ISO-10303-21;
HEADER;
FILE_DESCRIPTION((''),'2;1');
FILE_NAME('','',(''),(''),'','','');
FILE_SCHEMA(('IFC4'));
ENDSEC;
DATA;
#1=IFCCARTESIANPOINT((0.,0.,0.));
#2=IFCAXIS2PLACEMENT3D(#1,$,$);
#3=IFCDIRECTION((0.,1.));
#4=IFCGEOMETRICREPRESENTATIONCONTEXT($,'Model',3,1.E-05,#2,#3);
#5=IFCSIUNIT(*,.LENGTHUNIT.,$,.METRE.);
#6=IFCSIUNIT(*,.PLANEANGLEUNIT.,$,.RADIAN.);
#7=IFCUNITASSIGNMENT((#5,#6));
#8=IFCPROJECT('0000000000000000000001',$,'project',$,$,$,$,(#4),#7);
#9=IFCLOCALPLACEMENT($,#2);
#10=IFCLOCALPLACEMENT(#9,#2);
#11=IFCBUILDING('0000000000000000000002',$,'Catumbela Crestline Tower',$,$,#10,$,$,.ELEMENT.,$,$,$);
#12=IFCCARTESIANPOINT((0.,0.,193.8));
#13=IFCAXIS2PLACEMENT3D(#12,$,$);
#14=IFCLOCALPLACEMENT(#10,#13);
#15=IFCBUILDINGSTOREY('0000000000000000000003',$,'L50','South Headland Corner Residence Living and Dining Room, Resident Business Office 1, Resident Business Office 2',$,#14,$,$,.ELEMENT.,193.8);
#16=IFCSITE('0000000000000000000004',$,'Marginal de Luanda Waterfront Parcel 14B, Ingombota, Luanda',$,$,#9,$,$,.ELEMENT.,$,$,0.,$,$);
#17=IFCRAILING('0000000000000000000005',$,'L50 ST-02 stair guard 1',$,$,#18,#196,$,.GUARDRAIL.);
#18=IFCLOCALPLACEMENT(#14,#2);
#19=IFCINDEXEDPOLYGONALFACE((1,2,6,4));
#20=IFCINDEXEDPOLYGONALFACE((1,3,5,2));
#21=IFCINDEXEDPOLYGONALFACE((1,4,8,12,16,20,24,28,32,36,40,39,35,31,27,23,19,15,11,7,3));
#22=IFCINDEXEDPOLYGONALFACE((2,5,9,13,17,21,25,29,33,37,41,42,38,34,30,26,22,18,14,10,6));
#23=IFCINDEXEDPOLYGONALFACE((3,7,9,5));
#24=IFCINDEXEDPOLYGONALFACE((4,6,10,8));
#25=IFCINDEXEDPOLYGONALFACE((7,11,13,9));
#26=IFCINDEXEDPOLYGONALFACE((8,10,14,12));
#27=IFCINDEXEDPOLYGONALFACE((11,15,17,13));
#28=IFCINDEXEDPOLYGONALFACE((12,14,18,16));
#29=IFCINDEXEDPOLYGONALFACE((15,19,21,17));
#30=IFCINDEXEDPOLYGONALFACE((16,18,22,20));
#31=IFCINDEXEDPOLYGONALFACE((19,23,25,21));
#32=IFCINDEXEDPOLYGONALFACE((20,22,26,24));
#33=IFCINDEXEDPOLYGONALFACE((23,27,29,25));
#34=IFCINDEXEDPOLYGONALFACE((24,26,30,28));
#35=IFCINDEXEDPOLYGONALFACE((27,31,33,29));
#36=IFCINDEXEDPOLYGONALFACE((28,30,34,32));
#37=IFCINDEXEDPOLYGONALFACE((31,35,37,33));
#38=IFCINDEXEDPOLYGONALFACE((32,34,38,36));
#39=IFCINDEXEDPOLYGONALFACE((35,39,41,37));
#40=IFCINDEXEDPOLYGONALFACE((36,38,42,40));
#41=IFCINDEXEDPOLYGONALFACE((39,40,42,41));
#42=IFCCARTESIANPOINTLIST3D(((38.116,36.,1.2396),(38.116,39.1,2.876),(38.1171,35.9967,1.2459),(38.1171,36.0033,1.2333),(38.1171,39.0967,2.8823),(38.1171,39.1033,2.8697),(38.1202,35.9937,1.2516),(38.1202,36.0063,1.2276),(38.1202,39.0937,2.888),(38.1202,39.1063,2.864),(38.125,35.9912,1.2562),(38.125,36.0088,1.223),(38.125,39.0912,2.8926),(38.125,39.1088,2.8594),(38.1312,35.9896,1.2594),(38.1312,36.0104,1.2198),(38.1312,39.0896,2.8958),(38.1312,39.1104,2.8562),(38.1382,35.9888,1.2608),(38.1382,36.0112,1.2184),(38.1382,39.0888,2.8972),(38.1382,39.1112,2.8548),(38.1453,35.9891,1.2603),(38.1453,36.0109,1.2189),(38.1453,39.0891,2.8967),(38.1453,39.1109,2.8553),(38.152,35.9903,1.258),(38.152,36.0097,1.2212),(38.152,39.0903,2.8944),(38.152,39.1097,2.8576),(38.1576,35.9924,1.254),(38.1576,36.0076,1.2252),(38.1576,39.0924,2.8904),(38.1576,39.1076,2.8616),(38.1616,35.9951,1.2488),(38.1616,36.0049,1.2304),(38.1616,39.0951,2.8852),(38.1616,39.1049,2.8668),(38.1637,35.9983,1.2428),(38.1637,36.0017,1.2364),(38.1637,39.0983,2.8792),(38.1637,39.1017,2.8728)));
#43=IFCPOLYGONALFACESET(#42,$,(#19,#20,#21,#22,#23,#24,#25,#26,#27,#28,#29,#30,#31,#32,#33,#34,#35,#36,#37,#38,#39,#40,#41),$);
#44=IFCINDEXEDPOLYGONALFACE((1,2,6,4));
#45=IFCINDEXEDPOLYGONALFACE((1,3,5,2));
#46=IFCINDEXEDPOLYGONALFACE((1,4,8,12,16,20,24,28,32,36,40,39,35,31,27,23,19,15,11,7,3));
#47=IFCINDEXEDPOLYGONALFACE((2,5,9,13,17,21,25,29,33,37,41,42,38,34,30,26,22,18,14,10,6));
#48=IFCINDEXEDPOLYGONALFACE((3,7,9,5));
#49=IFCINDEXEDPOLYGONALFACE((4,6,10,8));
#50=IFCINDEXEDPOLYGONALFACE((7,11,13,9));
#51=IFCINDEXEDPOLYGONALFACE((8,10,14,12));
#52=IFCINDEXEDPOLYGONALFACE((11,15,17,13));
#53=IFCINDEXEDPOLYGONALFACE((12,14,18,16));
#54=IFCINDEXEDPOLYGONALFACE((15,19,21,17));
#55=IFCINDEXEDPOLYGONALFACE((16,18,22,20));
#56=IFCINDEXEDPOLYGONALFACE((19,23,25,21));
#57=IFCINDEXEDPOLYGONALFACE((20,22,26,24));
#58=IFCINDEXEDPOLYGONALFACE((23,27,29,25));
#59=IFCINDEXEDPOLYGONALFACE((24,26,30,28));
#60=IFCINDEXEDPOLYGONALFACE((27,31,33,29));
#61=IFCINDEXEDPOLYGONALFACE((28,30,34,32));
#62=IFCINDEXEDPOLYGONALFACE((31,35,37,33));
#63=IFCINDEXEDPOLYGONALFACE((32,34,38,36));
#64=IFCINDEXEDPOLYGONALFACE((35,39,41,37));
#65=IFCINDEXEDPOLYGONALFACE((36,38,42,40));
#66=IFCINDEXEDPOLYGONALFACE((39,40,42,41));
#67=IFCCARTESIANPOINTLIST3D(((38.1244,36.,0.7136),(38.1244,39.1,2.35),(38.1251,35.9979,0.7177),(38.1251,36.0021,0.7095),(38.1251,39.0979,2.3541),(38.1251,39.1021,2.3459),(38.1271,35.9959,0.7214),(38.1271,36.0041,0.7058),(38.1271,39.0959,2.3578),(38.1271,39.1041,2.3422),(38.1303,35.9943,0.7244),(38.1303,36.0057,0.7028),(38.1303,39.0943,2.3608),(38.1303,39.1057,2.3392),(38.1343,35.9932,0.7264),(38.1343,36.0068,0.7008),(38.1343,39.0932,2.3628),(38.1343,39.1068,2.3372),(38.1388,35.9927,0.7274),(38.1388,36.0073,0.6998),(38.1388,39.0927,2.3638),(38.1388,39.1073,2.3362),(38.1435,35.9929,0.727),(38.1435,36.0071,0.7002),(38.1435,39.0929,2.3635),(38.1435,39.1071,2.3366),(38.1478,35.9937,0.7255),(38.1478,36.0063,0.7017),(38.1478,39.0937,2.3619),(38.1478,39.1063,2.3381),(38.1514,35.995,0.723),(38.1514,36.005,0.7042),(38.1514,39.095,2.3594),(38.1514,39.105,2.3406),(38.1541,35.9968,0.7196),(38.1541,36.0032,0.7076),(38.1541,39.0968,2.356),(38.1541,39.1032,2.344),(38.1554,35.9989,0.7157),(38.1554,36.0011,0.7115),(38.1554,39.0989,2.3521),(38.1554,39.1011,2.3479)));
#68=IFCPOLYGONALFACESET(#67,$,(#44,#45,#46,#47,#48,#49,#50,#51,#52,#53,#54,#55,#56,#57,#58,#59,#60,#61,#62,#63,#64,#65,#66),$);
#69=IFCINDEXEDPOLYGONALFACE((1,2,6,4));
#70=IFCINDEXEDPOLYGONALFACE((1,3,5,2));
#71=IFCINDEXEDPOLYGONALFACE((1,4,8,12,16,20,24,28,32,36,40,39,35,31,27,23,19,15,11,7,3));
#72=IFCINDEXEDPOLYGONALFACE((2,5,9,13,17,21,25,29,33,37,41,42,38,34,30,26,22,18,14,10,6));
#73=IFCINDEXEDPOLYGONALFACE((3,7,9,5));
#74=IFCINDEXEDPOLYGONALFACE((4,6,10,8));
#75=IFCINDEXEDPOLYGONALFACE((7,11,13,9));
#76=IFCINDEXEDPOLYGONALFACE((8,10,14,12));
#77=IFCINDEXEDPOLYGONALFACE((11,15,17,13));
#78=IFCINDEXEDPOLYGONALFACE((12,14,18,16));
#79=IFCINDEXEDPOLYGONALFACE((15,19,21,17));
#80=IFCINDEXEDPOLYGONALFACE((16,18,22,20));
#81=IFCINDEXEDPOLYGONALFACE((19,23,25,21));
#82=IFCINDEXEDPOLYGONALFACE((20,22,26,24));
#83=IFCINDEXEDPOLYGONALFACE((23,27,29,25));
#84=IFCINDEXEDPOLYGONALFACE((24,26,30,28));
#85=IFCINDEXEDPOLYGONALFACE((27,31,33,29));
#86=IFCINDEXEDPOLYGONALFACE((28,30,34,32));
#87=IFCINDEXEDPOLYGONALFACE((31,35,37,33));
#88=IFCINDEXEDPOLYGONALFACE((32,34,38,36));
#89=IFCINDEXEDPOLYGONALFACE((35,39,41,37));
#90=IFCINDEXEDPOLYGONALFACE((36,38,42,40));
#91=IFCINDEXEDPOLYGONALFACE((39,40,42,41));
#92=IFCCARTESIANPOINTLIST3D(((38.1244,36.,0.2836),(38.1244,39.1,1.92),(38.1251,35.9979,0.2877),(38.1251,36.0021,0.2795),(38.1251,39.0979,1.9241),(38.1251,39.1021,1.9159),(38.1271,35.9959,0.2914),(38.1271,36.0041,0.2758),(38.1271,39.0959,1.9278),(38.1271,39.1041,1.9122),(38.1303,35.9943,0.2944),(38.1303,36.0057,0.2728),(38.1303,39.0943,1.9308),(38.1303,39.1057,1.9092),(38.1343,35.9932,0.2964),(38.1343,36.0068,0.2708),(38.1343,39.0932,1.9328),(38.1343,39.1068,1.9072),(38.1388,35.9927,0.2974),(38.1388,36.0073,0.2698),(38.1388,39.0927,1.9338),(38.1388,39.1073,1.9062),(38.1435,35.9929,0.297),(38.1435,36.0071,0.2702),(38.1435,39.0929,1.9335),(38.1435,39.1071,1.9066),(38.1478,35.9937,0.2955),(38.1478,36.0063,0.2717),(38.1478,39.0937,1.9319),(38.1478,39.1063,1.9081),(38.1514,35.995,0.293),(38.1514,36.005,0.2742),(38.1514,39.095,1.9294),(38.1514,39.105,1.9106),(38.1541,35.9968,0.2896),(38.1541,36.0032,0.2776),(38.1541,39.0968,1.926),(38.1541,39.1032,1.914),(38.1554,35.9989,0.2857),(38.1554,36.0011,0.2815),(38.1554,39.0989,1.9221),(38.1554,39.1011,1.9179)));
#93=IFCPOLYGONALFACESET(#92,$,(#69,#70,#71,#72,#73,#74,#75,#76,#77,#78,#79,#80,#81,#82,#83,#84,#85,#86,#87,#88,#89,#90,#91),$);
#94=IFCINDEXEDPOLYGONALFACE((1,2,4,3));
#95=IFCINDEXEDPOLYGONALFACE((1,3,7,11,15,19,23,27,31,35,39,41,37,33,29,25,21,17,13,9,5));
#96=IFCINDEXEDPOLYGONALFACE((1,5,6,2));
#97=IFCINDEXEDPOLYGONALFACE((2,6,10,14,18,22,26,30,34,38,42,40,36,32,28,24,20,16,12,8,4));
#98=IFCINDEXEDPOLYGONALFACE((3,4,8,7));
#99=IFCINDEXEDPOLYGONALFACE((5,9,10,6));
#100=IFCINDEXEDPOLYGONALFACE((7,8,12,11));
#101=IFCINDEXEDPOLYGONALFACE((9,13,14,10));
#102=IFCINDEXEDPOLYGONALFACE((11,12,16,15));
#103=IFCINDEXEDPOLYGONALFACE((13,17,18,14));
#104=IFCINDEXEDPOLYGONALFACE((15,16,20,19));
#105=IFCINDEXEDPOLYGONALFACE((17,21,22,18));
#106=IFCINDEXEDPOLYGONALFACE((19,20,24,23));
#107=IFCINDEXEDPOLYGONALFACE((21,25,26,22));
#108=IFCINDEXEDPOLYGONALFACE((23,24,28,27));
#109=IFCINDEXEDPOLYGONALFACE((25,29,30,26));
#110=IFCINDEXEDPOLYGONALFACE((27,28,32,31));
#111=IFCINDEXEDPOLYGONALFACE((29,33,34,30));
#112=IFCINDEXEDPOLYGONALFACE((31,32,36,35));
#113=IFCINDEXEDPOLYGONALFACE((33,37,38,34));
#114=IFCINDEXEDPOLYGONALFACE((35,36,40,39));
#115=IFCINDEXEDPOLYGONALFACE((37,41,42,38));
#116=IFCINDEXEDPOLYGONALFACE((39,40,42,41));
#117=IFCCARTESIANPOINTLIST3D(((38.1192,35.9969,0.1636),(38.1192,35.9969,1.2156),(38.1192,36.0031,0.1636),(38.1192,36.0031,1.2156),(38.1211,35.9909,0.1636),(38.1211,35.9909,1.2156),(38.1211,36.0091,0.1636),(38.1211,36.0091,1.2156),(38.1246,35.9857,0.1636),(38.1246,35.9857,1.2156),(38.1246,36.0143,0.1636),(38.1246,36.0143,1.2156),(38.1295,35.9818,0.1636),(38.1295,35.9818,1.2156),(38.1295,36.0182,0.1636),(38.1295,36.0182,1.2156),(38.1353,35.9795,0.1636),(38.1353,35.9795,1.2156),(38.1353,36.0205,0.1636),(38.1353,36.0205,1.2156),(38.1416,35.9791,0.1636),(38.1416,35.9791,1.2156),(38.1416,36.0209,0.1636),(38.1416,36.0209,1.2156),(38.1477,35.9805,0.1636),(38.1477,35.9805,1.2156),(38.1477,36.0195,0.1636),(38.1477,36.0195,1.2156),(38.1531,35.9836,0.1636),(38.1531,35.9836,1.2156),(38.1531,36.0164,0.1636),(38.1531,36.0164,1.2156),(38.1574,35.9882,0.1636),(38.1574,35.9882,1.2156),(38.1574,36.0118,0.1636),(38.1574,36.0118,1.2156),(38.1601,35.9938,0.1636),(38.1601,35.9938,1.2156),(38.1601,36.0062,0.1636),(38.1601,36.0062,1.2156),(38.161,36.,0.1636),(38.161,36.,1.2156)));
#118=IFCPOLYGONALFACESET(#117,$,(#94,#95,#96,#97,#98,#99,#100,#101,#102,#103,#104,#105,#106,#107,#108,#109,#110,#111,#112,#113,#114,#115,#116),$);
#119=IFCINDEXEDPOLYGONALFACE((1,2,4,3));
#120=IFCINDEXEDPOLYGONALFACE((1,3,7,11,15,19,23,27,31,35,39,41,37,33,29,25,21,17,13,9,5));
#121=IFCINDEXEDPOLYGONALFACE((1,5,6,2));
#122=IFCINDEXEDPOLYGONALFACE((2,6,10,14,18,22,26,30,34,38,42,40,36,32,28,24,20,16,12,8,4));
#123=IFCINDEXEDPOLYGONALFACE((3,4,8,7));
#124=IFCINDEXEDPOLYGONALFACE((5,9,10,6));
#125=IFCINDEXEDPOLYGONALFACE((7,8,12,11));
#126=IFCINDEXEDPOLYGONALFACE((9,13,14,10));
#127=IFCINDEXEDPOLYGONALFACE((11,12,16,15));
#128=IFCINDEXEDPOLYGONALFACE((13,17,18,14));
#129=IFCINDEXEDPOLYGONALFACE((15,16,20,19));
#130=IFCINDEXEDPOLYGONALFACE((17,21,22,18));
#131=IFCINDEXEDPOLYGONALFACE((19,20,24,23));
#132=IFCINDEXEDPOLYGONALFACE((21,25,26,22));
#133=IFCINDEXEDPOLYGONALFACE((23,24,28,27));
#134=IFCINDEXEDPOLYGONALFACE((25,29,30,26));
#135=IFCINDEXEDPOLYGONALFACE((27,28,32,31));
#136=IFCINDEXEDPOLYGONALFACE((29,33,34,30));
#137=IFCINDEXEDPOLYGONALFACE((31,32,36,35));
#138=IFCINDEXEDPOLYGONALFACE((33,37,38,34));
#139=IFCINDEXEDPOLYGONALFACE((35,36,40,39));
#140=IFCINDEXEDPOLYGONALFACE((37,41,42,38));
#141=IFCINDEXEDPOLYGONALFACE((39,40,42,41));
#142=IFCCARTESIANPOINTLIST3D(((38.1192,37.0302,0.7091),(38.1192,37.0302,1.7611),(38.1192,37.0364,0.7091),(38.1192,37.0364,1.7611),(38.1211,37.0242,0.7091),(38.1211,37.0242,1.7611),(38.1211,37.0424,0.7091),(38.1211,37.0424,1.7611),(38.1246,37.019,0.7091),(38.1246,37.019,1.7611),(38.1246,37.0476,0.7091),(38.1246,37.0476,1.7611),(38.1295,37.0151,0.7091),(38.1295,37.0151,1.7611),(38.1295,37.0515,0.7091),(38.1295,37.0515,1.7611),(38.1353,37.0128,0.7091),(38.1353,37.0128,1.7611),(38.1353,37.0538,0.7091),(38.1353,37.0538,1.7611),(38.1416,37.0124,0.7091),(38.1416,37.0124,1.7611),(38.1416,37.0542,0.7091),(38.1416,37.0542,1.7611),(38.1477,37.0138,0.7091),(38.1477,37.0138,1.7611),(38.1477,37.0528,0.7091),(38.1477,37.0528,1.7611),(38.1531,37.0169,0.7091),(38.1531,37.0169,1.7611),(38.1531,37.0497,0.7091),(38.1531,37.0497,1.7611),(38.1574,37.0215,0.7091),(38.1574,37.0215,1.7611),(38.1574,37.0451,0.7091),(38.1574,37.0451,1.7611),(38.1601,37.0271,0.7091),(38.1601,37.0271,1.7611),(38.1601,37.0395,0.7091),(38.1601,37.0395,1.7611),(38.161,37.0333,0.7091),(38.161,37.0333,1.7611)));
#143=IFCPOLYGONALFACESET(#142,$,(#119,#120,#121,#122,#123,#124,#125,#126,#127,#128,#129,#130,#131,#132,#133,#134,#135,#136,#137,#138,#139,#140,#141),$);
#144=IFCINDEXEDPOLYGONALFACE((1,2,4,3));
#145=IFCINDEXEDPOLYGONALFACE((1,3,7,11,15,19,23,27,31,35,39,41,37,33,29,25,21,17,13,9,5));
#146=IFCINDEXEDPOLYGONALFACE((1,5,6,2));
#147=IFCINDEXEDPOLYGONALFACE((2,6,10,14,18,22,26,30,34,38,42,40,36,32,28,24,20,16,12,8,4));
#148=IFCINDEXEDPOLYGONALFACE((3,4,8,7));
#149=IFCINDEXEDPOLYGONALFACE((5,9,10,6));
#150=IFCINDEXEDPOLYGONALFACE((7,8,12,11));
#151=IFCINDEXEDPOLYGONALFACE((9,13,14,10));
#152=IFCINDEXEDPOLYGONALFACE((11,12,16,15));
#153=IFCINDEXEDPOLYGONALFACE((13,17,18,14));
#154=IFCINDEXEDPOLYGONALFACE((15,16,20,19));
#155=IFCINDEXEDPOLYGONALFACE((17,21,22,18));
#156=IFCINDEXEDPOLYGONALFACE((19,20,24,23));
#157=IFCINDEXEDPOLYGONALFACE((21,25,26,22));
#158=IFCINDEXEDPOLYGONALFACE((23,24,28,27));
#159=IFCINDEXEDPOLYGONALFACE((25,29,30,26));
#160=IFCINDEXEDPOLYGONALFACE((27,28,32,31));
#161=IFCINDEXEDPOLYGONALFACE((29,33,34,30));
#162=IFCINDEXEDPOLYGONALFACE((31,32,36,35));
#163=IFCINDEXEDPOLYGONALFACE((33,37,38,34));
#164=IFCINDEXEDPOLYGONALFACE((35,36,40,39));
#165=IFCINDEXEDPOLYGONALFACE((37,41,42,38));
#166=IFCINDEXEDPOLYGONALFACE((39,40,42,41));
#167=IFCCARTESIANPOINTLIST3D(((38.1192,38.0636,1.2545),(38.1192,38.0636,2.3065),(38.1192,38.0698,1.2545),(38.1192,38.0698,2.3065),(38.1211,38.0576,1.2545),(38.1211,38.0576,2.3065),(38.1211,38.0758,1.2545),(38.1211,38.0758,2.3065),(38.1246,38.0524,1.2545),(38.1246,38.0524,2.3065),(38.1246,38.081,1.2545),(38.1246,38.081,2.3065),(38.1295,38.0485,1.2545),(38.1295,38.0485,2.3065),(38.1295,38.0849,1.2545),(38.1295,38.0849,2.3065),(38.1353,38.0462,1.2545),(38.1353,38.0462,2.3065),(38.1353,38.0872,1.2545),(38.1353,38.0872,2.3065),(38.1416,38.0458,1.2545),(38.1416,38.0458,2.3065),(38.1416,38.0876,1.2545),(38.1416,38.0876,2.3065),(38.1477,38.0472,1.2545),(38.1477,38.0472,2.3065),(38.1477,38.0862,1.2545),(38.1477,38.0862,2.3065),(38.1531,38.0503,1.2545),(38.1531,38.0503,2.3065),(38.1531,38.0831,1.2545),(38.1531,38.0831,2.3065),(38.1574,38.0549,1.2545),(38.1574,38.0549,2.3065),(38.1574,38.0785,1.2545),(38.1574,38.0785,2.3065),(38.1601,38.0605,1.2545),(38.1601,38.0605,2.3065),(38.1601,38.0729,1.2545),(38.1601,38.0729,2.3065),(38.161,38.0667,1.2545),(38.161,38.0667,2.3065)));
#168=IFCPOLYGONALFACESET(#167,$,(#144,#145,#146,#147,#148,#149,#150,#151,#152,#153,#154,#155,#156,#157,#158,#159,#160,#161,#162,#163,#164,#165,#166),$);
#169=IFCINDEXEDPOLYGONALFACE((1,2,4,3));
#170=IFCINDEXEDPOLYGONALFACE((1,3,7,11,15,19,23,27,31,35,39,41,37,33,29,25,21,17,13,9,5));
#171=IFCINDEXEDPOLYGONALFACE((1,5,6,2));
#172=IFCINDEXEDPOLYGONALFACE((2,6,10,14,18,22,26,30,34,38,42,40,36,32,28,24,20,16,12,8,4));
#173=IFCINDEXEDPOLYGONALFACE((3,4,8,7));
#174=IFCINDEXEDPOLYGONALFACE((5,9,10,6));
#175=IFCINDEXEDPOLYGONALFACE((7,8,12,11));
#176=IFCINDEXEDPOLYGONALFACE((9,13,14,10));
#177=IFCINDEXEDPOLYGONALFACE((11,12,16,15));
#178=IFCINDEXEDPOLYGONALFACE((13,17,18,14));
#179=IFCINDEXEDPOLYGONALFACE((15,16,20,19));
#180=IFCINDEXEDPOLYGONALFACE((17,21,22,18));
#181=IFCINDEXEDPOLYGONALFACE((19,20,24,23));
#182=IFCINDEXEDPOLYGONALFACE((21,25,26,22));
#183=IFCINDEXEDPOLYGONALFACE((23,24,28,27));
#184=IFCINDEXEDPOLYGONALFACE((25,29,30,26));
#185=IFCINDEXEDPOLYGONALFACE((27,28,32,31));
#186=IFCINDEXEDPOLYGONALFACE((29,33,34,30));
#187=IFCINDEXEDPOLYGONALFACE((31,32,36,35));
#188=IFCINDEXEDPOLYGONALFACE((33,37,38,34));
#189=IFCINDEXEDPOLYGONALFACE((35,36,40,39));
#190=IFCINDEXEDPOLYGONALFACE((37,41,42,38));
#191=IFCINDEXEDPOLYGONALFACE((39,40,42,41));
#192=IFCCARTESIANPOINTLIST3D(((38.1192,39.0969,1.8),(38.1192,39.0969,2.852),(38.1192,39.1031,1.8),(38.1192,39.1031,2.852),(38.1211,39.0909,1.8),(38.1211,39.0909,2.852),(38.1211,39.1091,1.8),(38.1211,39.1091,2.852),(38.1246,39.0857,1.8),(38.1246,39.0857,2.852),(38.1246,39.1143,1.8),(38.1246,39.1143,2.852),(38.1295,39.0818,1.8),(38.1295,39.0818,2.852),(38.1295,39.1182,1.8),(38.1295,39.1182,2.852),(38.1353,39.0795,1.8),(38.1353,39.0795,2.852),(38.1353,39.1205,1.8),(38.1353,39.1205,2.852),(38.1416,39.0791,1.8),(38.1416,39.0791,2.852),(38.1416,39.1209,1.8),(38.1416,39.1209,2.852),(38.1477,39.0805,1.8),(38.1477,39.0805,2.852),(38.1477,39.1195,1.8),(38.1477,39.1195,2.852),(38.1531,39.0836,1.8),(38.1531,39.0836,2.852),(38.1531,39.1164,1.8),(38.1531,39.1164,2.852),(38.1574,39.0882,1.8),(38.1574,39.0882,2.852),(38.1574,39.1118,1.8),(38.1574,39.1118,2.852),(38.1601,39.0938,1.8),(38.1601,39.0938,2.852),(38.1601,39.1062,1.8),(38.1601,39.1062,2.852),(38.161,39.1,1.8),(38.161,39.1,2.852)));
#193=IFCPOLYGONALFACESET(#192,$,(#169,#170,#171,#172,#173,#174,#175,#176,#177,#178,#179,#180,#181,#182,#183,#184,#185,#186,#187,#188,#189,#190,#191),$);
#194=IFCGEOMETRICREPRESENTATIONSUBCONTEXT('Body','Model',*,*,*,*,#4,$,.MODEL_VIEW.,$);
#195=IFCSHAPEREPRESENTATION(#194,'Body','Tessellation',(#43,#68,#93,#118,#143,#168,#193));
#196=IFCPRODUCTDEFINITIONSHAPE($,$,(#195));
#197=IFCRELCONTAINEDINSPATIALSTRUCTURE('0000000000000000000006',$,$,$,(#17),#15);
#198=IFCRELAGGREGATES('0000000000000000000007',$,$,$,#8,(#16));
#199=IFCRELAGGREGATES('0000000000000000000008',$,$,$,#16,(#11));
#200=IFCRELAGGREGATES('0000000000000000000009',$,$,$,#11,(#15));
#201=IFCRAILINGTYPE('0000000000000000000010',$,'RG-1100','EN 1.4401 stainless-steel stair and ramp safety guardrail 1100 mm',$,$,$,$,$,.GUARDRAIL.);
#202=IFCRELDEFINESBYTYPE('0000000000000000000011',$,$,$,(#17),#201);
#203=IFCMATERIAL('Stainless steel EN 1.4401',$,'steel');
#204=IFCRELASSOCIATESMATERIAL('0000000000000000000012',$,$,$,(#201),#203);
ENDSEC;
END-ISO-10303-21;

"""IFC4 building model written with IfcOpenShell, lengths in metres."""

from ifc_helpers import new_model, si_unit, direction, frame, origin, origin_2d, place, context, subcontext, project, spatial, circle, extrude, material, type_object, element, save


model = new_model("IFC4")

# Units and contexts
model_context = context("Model", 3, precision=1e-05, world=origin(), true_north=direction((0.0, 1.0)))
body_context = subcontext(model_context, "Body", "Model", "MODEL_VIEW")
ifc_project = project(units=[si_unit("LENGTHUNIT", "METRE"), si_unit("PLANEANGLEUNIT", "RADIAN")], contexts=[model_context])

# Site, building, storey
site_placement = place(None, origin())
site = spatial("IfcSite", under=ifc_project, at=site_placement, Name="Marginal de Luanda Waterfront Parcel 14B, Ingombota, Luanda", CompositionType="ELEMENT", RefElevation=0.0)
building_placement = place(site_placement, origin())
building = spatial("IfcBuilding", under=site, at=building_placement, Name="Catumbela Crestline Tower", CompositionType="ELEMENT")
storey_placement = place(building_placement, frame((0.0, 0.0, 193.8)))
storey = spatial("IfcBuildingStorey", under=building, at=storey_placement, Name="L50", Description="South Headland Corner Residence Living and Dining Room, Resident Business Office 1, Resident Business Office 2", CompositionType="ELEMENT", Elevation=193.8)

# Shared definitions
ifc_material_1 = material(Name="Stainless steel EN 1.4401", Category="steel")

# Railing
railing_type_1 = type_object("IfcRailingType", Name="RG-1100", Description="EN 1.4401 stainless-steel stair and ramp safety guardrail 1100 mm", PredefinedType="GUARDRAIL", material=ifc_material_1)
railing_1_placement = place(storey_placement, frame((38.14, 36.0, 0.1636)))
element("IfcRailing", 1, at=railing_1_placement, inside=storey, type_object=railing_type_1, Name="L50 ST-02 stair guard 1", PredefinedType="GUARDRAIL", context=body_context, shape_type="SweptSolid", body=[
    extrude(circle(Radius=0.024, at=origin_2d()), frame((0.0, 0.0, 1.076), z_axis=(0.0, 0.884351, 0.466823), x_axis=(-1.0, 0.0, 0.0)), (0.0, 0.0, 1.0), 3.5054),
    extrude(circle(Radius=0.0156, at=origin_2d()), frame((0.0, 0.0, 0.55), z_axis=(0.0, 0.884351, 0.466823), x_axis=(-1.0, 0.0, 0.0)), (0.0, 0.0, 1.0), 3.5054),
    extrude(circle(Radius=0.0156, at=origin_2d()), frame((0.0, 0.0, 0.12), z_axis=(0.0, 0.884351, 0.466823), x_axis=(-1.0, 0.0, 0.0)), (0.0, 0.0, 1.0), 3.5054),
    extrude(circle(Radius=0.021, at=origin_2d()), origin(), (0.0, 0.0, 1.0), 1.052),
    extrude(circle(Radius=0.021, at=origin_2d()), frame((0.0, 1.0333, 0.5455)), (0.0, 0.0, 1.0), 1.052),
    extrude(circle(Radius=0.021, at=origin_2d()), frame((0.0, 2.0667, 1.0909)), (0.0, 0.0, 1.0), 1.052),
    extrude(circle(Radius=0.021, at=origin_2d()), frame((0.0, 3.1, 1.6364)), (0.0, 0.0, 1.0), 1.052),
])

save(model, "model.ifc")
